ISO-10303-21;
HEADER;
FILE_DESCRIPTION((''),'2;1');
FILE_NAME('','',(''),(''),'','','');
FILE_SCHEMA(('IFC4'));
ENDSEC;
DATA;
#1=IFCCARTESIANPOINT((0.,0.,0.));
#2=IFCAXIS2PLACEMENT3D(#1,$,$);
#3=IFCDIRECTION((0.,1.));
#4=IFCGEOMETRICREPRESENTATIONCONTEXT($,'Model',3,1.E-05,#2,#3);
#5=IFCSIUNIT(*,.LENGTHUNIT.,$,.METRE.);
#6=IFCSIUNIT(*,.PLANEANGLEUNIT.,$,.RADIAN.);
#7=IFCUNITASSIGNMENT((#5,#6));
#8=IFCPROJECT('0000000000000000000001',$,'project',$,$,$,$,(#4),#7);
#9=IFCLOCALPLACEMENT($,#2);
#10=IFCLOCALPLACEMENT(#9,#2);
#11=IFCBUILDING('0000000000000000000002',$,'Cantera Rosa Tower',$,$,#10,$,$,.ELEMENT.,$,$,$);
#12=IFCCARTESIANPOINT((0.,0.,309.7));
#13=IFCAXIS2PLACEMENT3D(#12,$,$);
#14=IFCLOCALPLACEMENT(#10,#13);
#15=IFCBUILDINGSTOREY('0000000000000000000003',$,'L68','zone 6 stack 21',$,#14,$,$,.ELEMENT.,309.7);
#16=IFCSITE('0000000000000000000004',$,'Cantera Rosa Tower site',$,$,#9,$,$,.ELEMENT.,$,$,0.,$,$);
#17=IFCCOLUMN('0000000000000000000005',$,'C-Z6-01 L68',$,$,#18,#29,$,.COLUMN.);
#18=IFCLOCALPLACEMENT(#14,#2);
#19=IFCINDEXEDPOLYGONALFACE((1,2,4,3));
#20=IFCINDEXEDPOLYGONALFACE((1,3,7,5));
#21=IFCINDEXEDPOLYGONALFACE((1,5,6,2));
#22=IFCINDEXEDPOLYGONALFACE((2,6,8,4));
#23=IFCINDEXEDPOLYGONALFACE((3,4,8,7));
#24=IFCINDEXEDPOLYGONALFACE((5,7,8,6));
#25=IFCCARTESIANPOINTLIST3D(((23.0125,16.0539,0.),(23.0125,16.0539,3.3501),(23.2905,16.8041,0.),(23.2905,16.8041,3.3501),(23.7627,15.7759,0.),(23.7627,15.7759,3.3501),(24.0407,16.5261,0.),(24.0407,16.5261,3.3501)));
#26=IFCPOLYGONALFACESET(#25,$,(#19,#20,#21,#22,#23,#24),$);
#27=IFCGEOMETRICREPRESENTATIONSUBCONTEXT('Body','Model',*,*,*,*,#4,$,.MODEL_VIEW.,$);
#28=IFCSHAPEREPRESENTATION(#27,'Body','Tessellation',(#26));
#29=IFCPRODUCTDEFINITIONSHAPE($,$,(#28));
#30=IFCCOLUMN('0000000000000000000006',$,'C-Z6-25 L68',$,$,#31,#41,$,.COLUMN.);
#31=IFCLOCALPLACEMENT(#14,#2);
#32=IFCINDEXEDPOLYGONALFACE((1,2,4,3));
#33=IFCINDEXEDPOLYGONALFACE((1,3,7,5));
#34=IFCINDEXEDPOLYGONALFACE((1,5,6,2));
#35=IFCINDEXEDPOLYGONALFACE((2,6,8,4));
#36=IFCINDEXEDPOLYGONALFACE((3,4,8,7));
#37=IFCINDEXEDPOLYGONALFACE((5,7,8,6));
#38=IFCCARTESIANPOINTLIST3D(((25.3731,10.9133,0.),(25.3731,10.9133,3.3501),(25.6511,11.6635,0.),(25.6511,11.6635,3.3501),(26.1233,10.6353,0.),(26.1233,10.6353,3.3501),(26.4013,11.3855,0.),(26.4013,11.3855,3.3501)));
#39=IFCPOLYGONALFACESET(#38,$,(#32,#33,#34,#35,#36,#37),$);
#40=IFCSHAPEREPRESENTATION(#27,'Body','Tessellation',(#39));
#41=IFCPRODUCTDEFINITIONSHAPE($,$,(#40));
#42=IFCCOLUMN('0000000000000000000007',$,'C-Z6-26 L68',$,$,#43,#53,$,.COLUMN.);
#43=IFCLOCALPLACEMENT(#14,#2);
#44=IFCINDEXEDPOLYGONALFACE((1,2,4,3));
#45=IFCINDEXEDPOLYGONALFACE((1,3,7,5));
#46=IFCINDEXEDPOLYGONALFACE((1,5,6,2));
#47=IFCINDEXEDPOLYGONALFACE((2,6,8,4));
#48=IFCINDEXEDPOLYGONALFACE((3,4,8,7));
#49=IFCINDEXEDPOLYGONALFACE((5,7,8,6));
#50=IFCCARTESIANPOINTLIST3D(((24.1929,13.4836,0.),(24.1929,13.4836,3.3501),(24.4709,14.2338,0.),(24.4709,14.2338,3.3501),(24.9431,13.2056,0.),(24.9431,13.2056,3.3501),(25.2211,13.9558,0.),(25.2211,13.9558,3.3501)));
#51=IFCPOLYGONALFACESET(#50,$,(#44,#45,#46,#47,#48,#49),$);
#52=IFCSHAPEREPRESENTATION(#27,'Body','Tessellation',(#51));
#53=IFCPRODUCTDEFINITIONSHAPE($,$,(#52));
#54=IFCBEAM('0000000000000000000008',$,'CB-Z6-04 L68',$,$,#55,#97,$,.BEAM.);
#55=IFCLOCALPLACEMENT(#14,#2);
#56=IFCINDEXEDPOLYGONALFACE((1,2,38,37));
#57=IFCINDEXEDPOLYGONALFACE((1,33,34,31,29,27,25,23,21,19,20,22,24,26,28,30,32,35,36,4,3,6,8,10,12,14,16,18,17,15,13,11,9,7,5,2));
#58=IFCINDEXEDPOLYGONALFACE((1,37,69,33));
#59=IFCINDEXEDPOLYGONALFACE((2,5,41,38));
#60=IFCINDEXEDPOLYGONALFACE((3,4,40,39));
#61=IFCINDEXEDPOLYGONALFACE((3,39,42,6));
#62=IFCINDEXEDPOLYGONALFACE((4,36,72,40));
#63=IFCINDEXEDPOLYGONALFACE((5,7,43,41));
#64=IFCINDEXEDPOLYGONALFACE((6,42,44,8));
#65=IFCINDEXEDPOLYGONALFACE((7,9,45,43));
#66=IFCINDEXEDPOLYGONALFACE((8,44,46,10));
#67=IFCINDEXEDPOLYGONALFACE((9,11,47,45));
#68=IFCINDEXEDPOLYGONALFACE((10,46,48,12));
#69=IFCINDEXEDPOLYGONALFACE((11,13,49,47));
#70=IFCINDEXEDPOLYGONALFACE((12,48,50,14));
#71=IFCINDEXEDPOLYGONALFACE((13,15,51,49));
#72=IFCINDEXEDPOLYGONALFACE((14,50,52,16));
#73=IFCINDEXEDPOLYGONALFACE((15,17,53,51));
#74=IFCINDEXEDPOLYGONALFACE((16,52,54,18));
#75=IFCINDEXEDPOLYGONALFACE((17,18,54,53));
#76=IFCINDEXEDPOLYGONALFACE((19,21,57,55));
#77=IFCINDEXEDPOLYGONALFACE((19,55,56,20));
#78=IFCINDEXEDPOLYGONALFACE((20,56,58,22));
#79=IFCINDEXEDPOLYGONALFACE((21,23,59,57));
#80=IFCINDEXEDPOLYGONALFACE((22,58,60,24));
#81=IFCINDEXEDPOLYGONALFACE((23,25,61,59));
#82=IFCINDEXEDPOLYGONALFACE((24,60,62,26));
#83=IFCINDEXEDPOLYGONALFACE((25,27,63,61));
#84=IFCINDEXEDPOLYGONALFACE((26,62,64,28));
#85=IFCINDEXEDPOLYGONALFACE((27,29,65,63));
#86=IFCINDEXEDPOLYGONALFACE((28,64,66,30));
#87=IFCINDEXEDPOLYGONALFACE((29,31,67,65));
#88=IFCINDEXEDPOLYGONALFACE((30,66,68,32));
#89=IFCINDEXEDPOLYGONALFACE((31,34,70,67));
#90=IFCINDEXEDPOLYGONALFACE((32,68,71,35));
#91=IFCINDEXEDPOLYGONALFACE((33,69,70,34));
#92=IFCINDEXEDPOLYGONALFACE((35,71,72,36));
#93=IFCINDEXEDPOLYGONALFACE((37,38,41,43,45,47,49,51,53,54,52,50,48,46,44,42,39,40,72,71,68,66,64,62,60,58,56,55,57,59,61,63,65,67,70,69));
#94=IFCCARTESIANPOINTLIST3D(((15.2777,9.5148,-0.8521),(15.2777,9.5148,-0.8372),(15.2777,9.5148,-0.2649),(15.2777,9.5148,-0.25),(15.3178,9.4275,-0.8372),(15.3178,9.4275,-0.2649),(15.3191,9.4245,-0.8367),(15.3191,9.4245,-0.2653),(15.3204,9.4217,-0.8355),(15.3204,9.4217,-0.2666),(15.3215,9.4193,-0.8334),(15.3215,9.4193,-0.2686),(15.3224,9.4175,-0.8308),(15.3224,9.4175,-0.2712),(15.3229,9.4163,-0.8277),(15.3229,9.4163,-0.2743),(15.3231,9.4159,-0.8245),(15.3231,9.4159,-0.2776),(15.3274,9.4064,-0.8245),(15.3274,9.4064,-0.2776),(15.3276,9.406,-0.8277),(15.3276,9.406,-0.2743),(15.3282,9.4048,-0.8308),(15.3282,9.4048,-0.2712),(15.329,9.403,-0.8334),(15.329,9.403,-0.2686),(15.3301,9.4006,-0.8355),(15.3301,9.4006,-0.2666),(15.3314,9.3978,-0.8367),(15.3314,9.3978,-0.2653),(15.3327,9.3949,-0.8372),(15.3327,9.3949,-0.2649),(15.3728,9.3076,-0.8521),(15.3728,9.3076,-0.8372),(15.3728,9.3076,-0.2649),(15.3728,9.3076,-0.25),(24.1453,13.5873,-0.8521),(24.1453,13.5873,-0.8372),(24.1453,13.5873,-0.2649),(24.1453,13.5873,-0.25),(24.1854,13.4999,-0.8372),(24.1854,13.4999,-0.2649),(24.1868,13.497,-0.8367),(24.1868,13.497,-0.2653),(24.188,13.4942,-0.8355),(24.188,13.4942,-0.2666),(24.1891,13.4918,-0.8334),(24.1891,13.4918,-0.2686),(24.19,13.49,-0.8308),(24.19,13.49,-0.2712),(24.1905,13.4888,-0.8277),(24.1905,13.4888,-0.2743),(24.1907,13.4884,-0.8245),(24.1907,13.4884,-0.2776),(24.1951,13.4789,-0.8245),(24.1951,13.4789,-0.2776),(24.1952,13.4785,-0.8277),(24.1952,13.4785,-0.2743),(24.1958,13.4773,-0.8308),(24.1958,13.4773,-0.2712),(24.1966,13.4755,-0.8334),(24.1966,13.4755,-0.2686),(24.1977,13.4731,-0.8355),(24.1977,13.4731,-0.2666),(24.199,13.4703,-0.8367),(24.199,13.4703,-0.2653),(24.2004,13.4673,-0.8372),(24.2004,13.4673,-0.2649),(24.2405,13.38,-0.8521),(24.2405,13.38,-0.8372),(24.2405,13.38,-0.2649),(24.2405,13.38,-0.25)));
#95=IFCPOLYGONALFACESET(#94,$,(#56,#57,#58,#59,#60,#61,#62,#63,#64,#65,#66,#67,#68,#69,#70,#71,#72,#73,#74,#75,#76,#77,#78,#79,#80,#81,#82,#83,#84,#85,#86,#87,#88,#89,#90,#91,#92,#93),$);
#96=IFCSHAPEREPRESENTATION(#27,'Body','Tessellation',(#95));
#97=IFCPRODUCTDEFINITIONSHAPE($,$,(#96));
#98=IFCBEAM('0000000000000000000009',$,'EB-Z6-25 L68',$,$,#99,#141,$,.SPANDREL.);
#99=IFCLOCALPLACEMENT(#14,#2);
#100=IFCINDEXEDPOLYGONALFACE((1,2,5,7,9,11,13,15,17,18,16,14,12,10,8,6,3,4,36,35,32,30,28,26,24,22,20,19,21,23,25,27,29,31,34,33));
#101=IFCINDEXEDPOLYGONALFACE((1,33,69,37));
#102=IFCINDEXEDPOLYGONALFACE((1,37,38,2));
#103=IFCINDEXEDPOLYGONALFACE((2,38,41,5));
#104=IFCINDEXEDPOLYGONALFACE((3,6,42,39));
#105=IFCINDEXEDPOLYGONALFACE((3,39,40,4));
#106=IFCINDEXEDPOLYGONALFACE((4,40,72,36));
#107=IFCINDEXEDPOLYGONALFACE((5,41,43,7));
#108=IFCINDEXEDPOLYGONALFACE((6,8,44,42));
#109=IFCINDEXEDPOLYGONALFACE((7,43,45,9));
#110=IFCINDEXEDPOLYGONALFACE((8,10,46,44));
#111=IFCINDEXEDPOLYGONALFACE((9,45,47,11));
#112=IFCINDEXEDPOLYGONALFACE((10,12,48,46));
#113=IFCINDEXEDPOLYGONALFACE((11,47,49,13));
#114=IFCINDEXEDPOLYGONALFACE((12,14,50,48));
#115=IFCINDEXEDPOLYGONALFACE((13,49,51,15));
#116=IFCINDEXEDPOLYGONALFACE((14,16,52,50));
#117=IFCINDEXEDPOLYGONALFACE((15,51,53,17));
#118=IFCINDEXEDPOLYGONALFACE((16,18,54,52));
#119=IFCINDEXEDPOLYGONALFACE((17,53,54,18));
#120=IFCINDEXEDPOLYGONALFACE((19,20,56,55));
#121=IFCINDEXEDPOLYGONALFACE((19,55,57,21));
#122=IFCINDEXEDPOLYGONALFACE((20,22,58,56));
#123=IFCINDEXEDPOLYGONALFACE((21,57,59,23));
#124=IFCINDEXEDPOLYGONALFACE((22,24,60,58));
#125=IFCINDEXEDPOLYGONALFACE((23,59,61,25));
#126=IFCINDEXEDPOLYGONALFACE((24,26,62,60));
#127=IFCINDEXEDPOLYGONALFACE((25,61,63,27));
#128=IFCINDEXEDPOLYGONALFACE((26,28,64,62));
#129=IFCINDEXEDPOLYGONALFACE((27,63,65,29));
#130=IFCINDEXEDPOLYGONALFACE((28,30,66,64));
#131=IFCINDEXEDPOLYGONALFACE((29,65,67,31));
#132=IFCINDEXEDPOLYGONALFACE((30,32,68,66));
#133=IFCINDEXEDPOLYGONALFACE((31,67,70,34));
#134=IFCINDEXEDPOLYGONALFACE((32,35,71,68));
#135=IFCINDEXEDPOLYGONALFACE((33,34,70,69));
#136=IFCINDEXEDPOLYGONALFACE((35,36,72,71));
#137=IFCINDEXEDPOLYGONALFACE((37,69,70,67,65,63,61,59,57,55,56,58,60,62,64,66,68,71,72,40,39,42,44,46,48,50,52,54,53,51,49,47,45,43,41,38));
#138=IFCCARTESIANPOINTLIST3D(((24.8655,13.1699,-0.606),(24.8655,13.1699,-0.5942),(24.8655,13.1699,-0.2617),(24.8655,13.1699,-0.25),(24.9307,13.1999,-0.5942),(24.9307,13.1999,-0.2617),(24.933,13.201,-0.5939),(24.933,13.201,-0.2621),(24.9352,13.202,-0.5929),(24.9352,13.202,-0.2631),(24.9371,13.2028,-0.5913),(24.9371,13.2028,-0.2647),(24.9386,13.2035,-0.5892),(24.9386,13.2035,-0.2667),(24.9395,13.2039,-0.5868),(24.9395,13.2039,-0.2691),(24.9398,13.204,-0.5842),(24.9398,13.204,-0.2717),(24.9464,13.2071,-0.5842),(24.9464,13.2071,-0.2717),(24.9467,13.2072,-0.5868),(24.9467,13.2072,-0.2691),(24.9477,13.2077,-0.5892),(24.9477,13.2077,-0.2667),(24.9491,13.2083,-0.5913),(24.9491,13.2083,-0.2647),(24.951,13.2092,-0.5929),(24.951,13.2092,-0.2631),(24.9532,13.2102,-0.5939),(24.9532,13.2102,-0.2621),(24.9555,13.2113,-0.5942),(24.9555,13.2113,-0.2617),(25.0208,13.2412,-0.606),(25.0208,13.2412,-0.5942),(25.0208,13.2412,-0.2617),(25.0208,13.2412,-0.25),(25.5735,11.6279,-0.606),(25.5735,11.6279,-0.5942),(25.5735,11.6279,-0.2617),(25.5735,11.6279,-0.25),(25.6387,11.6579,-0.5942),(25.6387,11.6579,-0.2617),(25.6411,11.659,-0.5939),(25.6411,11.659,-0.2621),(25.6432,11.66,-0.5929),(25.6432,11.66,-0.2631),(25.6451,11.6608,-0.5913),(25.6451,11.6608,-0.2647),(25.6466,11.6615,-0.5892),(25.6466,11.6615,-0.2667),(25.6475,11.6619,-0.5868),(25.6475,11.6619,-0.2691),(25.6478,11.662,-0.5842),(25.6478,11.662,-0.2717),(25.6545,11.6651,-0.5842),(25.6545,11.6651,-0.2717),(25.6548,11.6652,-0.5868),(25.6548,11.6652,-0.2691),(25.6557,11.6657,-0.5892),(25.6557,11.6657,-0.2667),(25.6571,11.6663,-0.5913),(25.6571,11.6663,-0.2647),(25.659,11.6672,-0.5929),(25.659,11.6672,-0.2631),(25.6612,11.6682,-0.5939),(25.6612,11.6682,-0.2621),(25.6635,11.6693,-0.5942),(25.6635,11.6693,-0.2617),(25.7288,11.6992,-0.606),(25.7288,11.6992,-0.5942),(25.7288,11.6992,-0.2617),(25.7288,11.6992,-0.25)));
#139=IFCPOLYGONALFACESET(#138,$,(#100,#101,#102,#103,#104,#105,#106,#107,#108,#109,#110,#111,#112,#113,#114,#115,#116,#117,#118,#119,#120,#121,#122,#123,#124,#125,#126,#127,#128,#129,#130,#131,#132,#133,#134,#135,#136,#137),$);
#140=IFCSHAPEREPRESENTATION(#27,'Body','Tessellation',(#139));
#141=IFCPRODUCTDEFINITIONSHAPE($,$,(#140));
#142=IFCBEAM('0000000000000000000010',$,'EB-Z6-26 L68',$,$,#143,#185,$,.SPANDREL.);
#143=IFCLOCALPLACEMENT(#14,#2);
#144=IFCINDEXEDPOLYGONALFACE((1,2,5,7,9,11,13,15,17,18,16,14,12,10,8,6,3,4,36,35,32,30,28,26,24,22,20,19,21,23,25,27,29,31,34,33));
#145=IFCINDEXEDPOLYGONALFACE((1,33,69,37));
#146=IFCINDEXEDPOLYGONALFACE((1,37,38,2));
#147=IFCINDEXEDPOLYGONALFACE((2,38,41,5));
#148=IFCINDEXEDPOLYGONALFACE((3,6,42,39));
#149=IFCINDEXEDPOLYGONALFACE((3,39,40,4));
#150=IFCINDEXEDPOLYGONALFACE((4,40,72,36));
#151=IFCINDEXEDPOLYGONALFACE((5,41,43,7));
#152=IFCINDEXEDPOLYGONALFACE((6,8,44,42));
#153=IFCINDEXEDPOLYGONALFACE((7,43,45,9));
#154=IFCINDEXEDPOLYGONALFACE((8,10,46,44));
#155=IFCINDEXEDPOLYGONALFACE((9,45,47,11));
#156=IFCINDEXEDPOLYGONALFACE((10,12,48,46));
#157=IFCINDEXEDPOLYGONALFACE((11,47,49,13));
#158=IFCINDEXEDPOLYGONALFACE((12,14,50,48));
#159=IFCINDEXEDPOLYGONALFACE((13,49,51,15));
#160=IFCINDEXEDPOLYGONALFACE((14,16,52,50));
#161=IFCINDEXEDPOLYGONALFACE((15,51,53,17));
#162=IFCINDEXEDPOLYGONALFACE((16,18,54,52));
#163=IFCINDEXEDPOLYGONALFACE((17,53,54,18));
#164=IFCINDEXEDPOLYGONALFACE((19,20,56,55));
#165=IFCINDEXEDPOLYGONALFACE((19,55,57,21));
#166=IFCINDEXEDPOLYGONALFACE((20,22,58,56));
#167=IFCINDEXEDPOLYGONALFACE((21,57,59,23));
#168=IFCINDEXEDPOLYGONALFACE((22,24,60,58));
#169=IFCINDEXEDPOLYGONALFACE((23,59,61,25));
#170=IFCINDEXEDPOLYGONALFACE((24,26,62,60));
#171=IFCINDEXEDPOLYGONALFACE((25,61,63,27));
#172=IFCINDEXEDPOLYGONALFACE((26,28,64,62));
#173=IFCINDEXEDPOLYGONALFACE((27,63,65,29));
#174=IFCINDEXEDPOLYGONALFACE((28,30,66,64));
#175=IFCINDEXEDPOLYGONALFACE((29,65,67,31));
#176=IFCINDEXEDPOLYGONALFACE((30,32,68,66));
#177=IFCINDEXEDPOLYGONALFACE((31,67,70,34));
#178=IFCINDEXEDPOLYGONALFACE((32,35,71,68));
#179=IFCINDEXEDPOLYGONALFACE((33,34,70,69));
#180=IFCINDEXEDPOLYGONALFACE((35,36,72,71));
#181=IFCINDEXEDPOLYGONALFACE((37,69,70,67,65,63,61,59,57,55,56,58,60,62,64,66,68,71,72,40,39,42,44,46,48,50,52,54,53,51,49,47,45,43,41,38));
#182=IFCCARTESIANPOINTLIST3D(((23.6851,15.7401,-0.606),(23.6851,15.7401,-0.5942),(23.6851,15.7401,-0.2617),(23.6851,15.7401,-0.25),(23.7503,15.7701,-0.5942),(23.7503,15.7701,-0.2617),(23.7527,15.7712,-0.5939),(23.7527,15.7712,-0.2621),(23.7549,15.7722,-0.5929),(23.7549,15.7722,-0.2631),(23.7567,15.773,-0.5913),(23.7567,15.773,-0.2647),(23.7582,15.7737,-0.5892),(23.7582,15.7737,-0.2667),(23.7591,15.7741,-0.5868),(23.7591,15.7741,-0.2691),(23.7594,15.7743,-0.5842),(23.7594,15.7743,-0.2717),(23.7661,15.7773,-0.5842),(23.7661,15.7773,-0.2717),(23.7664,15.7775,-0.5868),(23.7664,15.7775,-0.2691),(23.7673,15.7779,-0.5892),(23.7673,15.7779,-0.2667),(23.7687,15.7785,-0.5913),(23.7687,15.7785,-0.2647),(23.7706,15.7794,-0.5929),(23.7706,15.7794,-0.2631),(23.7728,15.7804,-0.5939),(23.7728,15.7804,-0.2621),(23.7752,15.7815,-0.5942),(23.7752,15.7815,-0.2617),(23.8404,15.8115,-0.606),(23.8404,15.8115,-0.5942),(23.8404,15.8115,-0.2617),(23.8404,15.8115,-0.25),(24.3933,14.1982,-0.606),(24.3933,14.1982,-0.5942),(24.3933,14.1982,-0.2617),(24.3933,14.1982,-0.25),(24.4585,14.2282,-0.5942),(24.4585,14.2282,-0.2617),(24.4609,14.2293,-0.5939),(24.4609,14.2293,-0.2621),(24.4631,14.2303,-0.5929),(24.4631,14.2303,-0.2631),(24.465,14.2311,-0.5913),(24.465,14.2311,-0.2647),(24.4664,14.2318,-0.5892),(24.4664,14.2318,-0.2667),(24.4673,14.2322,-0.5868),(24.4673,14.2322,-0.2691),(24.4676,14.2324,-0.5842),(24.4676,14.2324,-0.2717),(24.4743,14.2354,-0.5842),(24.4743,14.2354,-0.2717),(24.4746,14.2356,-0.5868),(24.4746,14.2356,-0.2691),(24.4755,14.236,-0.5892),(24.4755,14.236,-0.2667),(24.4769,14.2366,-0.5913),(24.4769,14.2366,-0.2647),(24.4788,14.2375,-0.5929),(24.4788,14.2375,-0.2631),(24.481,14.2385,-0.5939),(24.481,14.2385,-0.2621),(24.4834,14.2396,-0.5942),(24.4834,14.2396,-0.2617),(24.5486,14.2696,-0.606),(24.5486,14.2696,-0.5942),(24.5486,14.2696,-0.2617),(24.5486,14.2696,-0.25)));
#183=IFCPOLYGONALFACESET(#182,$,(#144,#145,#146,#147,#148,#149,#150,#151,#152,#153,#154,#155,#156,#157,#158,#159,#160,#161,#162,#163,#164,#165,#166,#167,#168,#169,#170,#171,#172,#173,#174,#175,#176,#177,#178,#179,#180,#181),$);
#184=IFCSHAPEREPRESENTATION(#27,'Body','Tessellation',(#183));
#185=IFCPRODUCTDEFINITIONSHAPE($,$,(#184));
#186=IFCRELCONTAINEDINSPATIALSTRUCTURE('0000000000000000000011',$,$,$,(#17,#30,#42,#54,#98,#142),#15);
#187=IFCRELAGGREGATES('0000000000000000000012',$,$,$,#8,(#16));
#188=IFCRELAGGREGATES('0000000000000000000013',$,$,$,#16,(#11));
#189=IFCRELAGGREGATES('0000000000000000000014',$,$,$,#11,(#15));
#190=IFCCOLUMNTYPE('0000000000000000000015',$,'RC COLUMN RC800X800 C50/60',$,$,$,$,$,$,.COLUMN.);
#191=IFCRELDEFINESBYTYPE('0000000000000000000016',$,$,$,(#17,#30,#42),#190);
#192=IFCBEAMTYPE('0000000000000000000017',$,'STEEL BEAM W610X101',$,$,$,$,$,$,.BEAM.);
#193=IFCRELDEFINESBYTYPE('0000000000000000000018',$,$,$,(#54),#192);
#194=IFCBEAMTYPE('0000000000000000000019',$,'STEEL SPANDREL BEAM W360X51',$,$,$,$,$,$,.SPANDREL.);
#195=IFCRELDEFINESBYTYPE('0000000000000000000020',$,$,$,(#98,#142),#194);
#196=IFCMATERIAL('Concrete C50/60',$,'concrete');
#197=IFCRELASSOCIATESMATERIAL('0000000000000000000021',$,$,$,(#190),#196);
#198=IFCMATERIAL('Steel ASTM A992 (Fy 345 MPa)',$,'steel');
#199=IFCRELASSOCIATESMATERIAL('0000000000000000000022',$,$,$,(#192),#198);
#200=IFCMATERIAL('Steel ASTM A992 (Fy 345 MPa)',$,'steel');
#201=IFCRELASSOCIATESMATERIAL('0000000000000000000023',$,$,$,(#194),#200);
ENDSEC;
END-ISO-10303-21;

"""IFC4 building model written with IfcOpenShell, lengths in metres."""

from ifc_helpers import new_model, si_unit, direction, frame, origin, origin_2d, place, context, subcontext, project, spatial, rectangle, i_section, extrude, material, material_profile, profile_set, type_object, element, save


model = new_model("IFC4")

# Units and contexts
model_context = context("Model", 3, precision=1e-05, world=origin(), true_north=direction((0.0, 1.0)))
body_context = subcontext(model_context, "Body", "Model", "MODEL_VIEW")
ifc_project = project(units=[si_unit("LENGTHUNIT", "METRE"), si_unit("PLANEANGLEUNIT", "RADIAN")], contexts=[model_context])

# Site, building, storey
site_placement = place(None, origin())
site = spatial("IfcSite", under=ifc_project, at=site_placement, Name="Cantera Rosa Tower site", CompositionType="ELEMENT", RefElevation=0.0)
building_placement = place(site_placement, origin())
building = spatial("IfcBuilding", under=site, at=building_placement, Name="Cantera Rosa Tower", CompositionType="ELEMENT")
storey_placement = place(building_placement, frame((0.0, 0.0, 309.7)))
storey = spatial("IfcBuildingStorey", under=building, at=storey_placement, Name="L68", Description="zone 6 stack 21", CompositionType="ELEMENT", Elevation=309.7)

# Columns
ifc_material_1 = material(Name="Concrete C50/60", Category="concrete")
ifc_material_profile_1 = material_profile(ifc_material_1, rectangle(XDim=0.8, YDim=0.8, at=origin_2d()), Name="RC COLUMN RC800X800 C50/60")
ifc_profile_set_1 = profile_set([ifc_material_profile_1], Name="Concrete C50/60")
column_type = type_object("IfcColumnType", Name="RC COLUMN RC800X800 C50/60", PredefinedType="COLUMN", material=ifc_profile_set_1)
for number, where, z_axis, x_axis, name in (
    (1, (23.5266, 16.29, 0.0), (0.0, 0.0, 1.0), (0.347481, 0.937687, 0.0), "C-Z6-01 L68"),
    (2, (25.8872, 11.1494, 0.0), (0.0, 0.0, 1.0), (0.347481, 0.937687, 0.0), "C-Z6-25 L68"),
    (3, (24.707, 13.7197, 0.0), (0.0, 0.0, 1.0), (0.347481, 0.937687, 0.0), "C-Z6-26 L68"),
):
    element("IfcColumn", number, at=place(storey_placement, frame(where, z_axis=z_axis, x_axis=x_axis)), inside=storey, type_object=column_type, Name=name, PredefinedType="COLUMN", context=body_context, shape_type="SweptSolid", body=[
        extrude(rectangle(XDim=0.8, YDim=0.8, at=origin_2d()), origin(), (0.0, 0.0, 1.0), 3.3501),
    ])

# Beams
ifc_material_2 = material(Name="Steel ASTM A992 (Fy 345 MPa)", Category="steel")
ifc_material_profile_2 = material_profile(ifc_material_2, i_section(OverallWidth=0.228, OverallDepth=0.6021, WebThickness=0.0105, FlangeThickness=0.0149, FilletRadius=0.0127, at=origin_2d()), Name="W610X101")
ifc_profile_set_2 = profile_set([ifc_material_profile_2], Name="Steel ASTM A992 (Fy 345 MPa)")
beam_type_1 = type_object("IfcBeamType", Name="STEEL BEAM W610X101", PredefinedType="BEAM", material=ifc_profile_set_2)
beam_1_placement = place(storey_placement, frame((24.1929, 13.4836, -0.551), z_axis=(-0.908748, -0.417346, 0.0), x_axis=(0.417346, -0.908748, 0.0)))
element("IfcBeam", 4, at=beam_1_placement, inside=storey, type_object=beam_type_1, Name="CB-Z6-04 L68", PredefinedType="BEAM", context=body_context, shape_type="SweptSolid", body=[
    extrude(i_section(OverallWidth=0.228, OverallDepth=0.6021, WebThickness=0.0105, FlangeThickness=0.0149, FilletRadius=0.0127, at=origin_2d()), origin(), (0.0, 0.0, 1.0), 9.7581),
])
ifc_material_3 = material(Name="Steel ASTM A992 (Fy 345 MPa)", Category="steel")
ifc_material_profile_3 = material_profile(ifc_material_3, i_section(OverallWidth=0.1709, OverallDepth=0.356, WebThickness=0.0073, FlangeThickness=0.0117, FilletRadius=0.01, at=origin_2d()), Name="W360X51")
ifc_profile_set_3 = profile_set([ifc_material_profile_3], Name="Steel ASTM A992 (Fy 345 MPa)")
beam_type_2 = type_object("IfcBeamType", Name="STEEL SPANDREL BEAM W360X51", PredefinedType="SPANDREL", material=ifc_profile_set_3)
for number, where, z_axis, x_axis, name in (
    (5, (25.6511, 11.6636, -0.428), (-0.417269, 0.908783, 0.0), (-0.908783, -0.417269, 0.0), "EB-Z6-25 L68"),
    (6, (24.4709, 14.2339, -0.428), (-0.417388, 0.908728, 0.0), (-0.908728, -0.417388, 0.0), "EB-Z6-26 L68"),
):
    element("IfcBeam", number, at=place(storey_placement, frame(where, z_axis=z_axis, x_axis=x_axis)), inside=storey, type_object=beam_type_2, Name=name, PredefinedType="SPANDREL", context=body_context, shape_type="SweptSolid", body=[
        extrude(i_section(OverallWidth=0.1709, OverallDepth=0.356, WebThickness=0.0073, FlangeThickness=0.0117, FilletRadius=0.01, at=origin_2d()), origin(), (0.0, 0.0, 1.0), 1.6968),
    ])

save(model, "model.ifc")
